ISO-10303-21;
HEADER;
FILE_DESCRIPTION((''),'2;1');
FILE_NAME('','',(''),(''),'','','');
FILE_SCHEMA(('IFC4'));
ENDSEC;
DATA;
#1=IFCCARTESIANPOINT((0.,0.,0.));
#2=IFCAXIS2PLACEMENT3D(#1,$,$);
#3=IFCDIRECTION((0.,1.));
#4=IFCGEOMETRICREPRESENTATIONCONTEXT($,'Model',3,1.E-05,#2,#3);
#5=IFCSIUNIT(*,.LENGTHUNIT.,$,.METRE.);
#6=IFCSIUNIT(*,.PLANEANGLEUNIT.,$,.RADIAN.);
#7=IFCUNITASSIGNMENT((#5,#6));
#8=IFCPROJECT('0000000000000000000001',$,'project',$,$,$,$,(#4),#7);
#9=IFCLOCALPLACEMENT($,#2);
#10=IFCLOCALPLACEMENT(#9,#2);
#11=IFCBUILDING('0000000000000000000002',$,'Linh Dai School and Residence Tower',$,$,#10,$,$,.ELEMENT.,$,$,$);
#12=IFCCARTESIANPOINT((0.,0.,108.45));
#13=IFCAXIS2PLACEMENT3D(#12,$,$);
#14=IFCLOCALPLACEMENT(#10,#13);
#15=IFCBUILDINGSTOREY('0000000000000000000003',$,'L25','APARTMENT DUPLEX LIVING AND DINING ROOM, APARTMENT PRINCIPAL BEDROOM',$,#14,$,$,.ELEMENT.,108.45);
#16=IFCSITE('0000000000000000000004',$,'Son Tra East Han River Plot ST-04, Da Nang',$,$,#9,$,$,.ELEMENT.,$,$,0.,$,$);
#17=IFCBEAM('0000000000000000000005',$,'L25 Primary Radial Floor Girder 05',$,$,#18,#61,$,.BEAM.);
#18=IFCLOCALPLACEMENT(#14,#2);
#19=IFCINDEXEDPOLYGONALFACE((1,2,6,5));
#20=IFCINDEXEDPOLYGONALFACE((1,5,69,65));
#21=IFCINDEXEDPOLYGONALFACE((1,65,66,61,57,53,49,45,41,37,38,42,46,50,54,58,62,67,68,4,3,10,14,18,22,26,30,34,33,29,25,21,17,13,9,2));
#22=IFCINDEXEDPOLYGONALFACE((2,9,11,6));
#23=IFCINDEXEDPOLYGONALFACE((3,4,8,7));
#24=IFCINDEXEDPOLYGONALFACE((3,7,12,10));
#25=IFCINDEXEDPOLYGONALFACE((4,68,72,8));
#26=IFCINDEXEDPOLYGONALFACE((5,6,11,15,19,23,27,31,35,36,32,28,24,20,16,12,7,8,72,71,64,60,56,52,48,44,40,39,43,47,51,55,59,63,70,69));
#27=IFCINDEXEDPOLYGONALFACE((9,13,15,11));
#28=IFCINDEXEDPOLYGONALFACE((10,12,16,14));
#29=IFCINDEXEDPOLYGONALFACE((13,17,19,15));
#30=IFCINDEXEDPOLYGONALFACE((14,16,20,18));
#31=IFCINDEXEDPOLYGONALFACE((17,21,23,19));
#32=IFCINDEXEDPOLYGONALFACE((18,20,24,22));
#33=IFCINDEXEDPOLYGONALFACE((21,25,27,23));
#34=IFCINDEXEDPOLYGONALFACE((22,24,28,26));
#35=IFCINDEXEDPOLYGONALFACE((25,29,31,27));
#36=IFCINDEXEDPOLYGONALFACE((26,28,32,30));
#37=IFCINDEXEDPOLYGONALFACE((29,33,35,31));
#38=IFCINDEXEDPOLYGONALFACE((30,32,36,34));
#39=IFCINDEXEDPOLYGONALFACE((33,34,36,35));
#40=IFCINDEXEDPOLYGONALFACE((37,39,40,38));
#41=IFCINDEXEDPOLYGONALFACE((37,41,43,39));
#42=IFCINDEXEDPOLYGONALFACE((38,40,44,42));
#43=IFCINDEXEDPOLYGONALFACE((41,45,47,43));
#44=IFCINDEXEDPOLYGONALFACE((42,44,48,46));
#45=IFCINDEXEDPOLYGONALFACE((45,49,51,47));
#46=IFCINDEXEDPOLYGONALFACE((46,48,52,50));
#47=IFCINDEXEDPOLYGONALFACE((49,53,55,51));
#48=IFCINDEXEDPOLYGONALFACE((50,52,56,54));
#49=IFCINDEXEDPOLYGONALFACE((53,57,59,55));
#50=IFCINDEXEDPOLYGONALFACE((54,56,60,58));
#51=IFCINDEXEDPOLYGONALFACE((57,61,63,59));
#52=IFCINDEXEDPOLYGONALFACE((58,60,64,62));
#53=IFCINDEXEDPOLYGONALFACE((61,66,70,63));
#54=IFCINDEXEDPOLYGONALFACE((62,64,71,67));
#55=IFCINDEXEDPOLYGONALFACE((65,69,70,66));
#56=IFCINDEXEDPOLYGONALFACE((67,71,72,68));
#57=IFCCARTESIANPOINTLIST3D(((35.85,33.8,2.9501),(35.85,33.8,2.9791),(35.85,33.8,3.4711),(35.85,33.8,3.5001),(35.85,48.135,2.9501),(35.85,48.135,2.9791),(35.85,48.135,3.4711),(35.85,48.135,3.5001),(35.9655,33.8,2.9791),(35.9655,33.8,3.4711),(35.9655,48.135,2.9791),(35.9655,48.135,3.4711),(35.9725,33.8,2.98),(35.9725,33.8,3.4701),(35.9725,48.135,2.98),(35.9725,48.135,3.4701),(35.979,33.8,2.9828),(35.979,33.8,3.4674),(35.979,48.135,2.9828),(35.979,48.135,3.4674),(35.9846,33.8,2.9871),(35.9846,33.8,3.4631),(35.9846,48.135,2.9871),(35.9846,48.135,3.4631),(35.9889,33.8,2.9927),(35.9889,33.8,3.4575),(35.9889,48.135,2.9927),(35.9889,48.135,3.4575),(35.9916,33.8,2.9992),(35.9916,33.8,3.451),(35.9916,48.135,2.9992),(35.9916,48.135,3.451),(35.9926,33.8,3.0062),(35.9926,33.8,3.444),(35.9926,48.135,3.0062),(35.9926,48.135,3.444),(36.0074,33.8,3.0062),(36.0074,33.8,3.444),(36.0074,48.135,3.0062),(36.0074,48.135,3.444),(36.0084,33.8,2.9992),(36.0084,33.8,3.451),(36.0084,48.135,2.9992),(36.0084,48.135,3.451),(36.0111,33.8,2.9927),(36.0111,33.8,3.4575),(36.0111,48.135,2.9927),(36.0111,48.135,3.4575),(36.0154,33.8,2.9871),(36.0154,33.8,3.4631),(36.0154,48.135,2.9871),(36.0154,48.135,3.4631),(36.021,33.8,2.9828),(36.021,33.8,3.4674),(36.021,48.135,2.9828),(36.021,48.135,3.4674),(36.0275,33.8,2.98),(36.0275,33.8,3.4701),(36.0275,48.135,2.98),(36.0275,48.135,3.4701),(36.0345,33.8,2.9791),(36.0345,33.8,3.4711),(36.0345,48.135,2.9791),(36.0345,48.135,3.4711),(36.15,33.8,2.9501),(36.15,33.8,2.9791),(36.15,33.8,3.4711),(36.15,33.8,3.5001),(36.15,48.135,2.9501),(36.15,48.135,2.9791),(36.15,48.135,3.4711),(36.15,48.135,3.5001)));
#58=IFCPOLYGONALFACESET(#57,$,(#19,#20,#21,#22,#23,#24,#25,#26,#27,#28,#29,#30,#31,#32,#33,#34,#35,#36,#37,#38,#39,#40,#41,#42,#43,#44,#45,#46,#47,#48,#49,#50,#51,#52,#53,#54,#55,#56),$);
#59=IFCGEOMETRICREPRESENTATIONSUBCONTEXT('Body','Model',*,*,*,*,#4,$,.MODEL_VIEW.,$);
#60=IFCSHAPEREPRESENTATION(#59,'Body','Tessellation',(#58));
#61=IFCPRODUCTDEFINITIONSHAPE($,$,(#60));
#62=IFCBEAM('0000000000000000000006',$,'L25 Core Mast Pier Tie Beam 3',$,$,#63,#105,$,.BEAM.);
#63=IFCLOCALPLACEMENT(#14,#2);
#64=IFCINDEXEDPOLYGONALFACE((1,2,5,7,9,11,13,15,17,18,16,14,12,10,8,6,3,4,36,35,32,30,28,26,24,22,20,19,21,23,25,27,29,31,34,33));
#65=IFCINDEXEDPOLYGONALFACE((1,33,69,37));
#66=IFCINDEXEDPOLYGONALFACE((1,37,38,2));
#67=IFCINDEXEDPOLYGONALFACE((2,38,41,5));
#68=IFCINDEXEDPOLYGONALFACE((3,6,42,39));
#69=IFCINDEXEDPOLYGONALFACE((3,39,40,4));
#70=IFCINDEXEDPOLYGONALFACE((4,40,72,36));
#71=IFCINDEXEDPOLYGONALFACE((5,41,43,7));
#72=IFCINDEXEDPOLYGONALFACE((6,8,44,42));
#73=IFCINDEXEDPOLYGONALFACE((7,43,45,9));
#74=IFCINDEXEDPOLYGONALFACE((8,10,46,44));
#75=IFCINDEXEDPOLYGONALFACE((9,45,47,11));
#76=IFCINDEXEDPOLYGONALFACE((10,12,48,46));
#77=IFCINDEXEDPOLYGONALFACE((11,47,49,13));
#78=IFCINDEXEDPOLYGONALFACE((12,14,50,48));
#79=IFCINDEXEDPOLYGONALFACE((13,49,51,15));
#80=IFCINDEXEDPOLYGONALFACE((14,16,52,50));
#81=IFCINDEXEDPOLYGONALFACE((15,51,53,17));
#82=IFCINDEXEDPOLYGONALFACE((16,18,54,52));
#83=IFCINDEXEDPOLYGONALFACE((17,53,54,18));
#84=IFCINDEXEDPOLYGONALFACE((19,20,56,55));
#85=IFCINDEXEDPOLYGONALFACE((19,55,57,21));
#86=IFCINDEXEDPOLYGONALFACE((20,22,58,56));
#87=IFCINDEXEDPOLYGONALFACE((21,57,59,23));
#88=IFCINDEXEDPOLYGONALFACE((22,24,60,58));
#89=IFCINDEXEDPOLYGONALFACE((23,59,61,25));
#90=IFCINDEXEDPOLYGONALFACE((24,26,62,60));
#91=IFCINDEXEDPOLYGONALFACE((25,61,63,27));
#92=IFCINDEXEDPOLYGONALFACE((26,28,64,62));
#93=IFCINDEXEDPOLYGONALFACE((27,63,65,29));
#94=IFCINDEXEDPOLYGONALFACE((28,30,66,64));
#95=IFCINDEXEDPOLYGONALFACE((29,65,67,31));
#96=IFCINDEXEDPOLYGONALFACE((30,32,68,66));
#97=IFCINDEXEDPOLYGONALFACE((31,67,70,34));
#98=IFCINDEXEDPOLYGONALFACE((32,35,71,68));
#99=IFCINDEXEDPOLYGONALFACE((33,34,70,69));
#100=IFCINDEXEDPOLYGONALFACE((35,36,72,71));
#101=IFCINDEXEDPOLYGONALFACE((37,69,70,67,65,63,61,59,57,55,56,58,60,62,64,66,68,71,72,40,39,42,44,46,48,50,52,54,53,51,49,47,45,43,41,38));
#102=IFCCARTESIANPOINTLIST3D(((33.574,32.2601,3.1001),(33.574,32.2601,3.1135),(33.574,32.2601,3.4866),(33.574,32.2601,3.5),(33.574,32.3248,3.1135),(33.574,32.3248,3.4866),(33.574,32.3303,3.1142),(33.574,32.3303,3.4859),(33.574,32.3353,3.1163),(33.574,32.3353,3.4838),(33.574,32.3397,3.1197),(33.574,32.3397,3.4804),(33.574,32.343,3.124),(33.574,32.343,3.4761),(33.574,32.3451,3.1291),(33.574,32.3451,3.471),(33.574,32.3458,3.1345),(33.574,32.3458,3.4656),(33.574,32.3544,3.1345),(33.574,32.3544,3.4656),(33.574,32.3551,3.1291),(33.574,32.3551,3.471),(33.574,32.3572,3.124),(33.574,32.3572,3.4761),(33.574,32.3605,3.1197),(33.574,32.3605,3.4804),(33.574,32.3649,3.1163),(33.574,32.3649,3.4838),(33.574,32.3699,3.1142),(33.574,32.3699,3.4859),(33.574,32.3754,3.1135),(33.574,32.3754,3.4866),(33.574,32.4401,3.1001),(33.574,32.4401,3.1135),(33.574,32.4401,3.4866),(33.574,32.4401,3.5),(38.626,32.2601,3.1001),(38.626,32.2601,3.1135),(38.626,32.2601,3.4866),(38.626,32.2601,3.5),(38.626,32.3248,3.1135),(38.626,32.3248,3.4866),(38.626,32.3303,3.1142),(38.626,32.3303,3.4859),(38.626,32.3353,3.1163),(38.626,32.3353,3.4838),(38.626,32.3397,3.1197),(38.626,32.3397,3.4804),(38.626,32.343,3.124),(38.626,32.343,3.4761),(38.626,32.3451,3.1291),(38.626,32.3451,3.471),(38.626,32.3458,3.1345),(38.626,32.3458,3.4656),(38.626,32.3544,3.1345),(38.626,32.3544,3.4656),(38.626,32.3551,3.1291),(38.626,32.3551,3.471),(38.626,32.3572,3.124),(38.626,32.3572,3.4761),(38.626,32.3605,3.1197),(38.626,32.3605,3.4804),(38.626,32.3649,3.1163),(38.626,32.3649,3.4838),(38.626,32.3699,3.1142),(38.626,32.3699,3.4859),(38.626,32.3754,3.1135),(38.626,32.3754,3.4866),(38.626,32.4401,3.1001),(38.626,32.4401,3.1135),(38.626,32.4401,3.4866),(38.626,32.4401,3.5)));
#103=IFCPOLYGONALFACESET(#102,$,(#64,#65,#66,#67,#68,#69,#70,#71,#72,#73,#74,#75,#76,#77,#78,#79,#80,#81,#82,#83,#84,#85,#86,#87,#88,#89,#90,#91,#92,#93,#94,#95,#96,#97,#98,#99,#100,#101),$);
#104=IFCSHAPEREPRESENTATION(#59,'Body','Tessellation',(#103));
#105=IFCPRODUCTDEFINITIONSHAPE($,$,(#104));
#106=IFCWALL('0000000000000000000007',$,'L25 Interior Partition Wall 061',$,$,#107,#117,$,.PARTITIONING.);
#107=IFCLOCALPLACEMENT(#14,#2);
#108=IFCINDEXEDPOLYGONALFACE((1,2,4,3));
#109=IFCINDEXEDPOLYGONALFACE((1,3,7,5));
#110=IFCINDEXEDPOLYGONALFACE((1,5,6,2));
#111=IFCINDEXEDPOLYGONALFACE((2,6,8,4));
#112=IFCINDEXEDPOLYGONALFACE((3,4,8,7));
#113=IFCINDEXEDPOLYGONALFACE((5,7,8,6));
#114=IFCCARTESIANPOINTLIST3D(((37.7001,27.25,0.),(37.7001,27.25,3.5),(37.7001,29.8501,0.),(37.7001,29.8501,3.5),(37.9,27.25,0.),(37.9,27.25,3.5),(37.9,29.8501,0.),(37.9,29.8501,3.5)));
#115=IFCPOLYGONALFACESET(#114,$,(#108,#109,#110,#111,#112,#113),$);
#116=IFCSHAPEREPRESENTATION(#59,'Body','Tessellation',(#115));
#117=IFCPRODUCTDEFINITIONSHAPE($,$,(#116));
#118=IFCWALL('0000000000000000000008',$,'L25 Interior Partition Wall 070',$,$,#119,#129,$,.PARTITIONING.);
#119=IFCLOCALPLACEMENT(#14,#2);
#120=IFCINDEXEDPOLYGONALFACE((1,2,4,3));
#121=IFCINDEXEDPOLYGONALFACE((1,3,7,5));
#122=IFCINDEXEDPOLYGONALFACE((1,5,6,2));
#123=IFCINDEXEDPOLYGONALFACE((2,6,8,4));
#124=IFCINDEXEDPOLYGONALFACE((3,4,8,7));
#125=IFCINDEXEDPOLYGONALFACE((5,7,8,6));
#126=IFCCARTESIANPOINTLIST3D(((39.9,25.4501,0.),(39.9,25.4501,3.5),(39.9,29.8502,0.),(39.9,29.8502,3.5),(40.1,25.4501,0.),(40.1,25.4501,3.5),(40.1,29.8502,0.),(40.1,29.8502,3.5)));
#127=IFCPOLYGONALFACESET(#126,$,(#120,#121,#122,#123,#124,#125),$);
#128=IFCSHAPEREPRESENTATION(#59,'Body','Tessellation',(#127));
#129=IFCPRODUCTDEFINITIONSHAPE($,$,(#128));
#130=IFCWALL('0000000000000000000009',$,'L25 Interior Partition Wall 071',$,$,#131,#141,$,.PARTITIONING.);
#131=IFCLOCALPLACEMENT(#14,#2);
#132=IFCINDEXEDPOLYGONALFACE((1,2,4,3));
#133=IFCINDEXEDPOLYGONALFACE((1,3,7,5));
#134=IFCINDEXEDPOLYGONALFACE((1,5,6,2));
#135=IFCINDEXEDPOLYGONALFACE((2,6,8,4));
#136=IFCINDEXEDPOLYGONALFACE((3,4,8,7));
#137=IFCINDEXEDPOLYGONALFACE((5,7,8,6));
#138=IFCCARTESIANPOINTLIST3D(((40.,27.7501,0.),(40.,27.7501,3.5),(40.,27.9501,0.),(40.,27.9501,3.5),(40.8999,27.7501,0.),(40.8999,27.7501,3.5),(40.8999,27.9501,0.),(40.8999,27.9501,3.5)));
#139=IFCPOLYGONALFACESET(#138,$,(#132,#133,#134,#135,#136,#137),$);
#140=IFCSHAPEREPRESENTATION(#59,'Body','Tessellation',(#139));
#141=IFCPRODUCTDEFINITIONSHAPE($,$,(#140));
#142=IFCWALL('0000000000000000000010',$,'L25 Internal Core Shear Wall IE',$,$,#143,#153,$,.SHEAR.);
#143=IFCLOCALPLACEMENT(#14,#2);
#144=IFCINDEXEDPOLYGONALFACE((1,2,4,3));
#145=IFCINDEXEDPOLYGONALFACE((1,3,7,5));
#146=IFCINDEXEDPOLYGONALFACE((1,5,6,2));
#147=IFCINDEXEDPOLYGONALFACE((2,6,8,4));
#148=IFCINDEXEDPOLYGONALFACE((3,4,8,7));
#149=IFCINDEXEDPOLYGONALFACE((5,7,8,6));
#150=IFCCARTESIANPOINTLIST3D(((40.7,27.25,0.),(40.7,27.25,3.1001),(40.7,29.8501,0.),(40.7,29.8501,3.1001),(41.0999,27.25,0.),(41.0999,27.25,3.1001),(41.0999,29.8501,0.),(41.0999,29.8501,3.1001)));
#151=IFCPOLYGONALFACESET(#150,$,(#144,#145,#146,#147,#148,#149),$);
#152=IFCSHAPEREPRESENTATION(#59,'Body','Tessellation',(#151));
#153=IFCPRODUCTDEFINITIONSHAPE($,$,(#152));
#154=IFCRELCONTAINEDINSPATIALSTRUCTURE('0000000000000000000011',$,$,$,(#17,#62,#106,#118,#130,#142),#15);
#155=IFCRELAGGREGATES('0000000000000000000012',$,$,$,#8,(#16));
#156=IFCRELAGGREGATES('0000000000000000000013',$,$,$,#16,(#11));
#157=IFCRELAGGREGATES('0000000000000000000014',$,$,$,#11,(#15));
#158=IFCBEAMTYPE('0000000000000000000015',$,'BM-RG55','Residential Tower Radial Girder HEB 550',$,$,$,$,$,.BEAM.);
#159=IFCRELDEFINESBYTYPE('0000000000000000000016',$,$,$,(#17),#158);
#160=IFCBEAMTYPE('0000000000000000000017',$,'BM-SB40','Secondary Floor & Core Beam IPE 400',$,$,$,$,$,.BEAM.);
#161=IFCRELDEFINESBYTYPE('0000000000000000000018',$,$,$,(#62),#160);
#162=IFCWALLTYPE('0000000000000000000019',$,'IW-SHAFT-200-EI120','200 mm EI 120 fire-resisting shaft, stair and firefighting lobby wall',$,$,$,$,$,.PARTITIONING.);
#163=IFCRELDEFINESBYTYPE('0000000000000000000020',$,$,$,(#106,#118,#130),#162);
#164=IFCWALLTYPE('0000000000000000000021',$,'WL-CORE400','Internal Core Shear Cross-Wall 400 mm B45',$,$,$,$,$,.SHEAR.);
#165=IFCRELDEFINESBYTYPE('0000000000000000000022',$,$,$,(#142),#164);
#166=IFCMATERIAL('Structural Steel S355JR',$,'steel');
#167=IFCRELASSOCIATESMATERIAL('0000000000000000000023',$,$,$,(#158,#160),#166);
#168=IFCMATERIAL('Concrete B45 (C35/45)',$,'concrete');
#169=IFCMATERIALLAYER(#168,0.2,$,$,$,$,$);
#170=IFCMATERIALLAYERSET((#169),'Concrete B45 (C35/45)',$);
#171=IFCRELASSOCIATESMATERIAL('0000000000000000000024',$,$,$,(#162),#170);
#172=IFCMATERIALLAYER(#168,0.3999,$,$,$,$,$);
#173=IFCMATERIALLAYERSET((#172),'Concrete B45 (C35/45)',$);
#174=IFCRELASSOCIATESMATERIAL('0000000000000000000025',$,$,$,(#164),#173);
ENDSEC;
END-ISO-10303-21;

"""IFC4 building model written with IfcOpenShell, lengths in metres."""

from ifc_helpers import new_model, si_unit, direction, frame, frame_2d, origin, origin_2d, place, context, subcontext, project, spatial, rectangle, i_section, extrude, material, layer, layer_set, material_profile, profile_set, type_object, element, save


model = new_model("IFC4")

# Units and contexts
model_context = context("Model", 3, precision=1e-05, world=origin(), true_north=direction((0.0, 1.0)))
body_context = subcontext(model_context, "Body", "Model", "MODEL_VIEW")
ifc_project = project(units=[si_unit("LENGTHUNIT", "METRE"), si_unit("PLANEANGLEUNIT", "RADIAN")], contexts=[model_context])

# Site, building, storey
site_placement = place(None, origin())
site = spatial("IfcSite", under=ifc_project, at=site_placement, Name="Son Tra East Han River Plot ST-04, Da Nang", CompositionType="ELEMENT", RefElevation=0.0)
building_placement = place(site_placement, origin())
building = spatial("IfcBuilding", under=site, at=building_placement, Name="Linh Dai School and Residence Tower", CompositionType="ELEMENT")
storey_placement = place(building_placement, frame((0.0, 0.0, 108.45)))
storey = spatial("IfcBuildingStorey", under=building, at=storey_placement, Name="L25", Description="APARTMENT DUPLEX LIVING AND DINING ROOM, APARTMENT PRINCIPAL BEDROOM", CompositionType="ELEMENT", Elevation=108.45)

# Shared definitions
ifc_material_1 = material(Name="Structural Steel S355JR", Category="steel")

# Beams
ifc_material_profile_1 = material_profile(ifc_material_1, i_section(OverallWidth=0.3, OverallDepth=0.55, WebThickness=0.0149, FlangeThickness=0.0291, FilletRadius=0.0271, at=origin_2d()), Name="HEB 550")
ifc_profile_set_1 = profile_set([ifc_material_profile_1], Name="Structural Steel S355JR")
beam_type_1 = type_object("IfcBeamType", Name="BM-RG55", Description="Residential Tower Radial Girder HEB 550", PredefinedType="BEAM", material=ifc_profile_set_1)
beam_1_placement = place(storey_placement, frame((36.0, 33.8, 3.2251), z_axis=(0.0, 1.0, 0.0), x_axis=(-1.0, 0.0, 0.0)))
element("IfcBeam", 1, at=beam_1_placement, inside=storey, type_object=beam_type_1, Name="L25 Primary Radial Floor Girder 05", PredefinedType="BEAM", context=body_context, shape_type="SweptSolid", body=[
    extrude(i_section(OverallWidth=0.3, OverallDepth=0.55, WebThickness=0.0149, FlangeThickness=0.0291, FilletRadius=0.0271, at=origin_2d()), origin(), (0.0, 0.0, 1.0), 14.335),
])
ifc_material_profile_2 = material_profile(ifc_material_1, i_section(OverallWidth=0.1799, OverallDepth=0.3999, WebThickness=0.0085, FlangeThickness=0.0134, FilletRadius=0.021, at=origin_2d()), Name="IPE 400")
ifc_profile_set_2 = profile_set([ifc_material_profile_2], Name="Structural Steel S355JR")
beam_type_2 = type_object("IfcBeamType", Name="BM-SB40", Description="Secondary Floor & Core Beam IPE 400", PredefinedType="BEAM", material=ifc_profile_set_2)
beam_2_placement = place(storey_placement, frame((38.626, 32.3501, 3.3), z_axis=(-1.0, 0.0, 0.0), x_axis=(0.0, -1.0, 0.0)))
element("IfcBeam", 2, at=beam_2_placement, inside=storey, type_object=beam_type_2, Name="L25 Core Mast Pier Tie Beam 3", PredefinedType="BEAM", context=body_context, shape_type="SweptSolid", body=[
    extrude(i_section(OverallWidth=0.1799, OverallDepth=0.3999, WebThickness=0.0085, FlangeThickness=0.0134, FilletRadius=0.021, at=origin_2d()), origin(), (0.0, 0.0, 1.0), 5.052),
])

# Walls
ifc_material_2 = material(Name="Concrete B45 (C35/45)", Category="concrete")
ifc_layer_1 = layer(ifc_material_2, 0.2)
ifc_layer_set_1 = layer_set([ifc_layer_1], Name="Concrete B45 (C35/45)")
wall_type_1 = type_object("IfcWallType", Name="IW-SHAFT-200-EI120", Description="200 mm EI 120 fire-resisting shaft, stair and firefighting lobby wall", PredefinedType="PARTITIONING", material=ifc_layer_set_1)
wall_1_placement = place(storey_placement, frame((37.8, 27.25, 0.0), z_axis=(0.0, 0.0, 1.0), x_axis=(0.0, 1.0, 0.0)))
element("IfcWall", 3, at=wall_1_placement, inside=storey, type_object=wall_type_1, Name="L25 Interior Partition Wall 061", PredefinedType="PARTITIONING", context=body_context, shape_type="SweptSolid", body=[
    extrude(rectangle(XDim=2.6001, YDim=0.2, at=frame_2d((1.3, 0.0))), origin(), (0.0, 0.0, 1.0), 3.5),
])
wall_2_placement = place(storey_placement, frame((40.0, 25.45, 0.0), z_axis=(0.0, 0.0, 1.0), x_axis=(0.0, 1.0, 0.0)))
element("IfcWall", 4, at=wall_2_placement, inside=storey, type_object=wall_type_1, Name="L25 Interior Partition Wall 070", PredefinedType="PARTITIONING", context=body_context, shape_type="SweptSolid", body=[
    extrude(rectangle(XDim=4.4001, YDim=0.2, at=frame_2d((2.2002, 0.0))), origin(), (0.0, 0.0, 1.0), 3.5),
])
wall_3_placement = place(storey_placement, frame((40.0, 27.8501, 0.0), z_axis=(0.0, 0.0, 1.0), x_axis=(1.0, 0.0, 0.0)))
element("IfcWall", 5, at=wall_3_placement, inside=storey, type_object=wall_type_1, Name="L25 Interior Partition Wall 071", PredefinedType="PARTITIONING", context=body_context, shape_type="SweptSolid", body=[
    extrude(rectangle(XDim=0.8999, YDim=0.2, at=frame_2d((0.45, 0.0))), origin(), (0.0, 0.0, 1.0), 3.5),
])
ifc_layer_2 = layer(ifc_material_2, 0.3999)
ifc_layer_set_2 = layer_set([ifc_layer_2], Name="Concrete B45 (C35/45)")
wall_type_2 = type_object("IfcWallType", Name="WL-CORE400", Description="Internal Core Shear Cross-Wall 400 mm B45", PredefinedType="SHEAR", material=ifc_layer_set_2)
wall_4_placement = place(storey_placement, frame((40.8999, 27.25, 0.0), z_axis=(0.0, 0.0, 1.0), x_axis=(0.0, 1.0, 0.0)))
element("IfcWall", 6, at=wall_4_placement, inside=storey, type_object=wall_type_2, Name="L25 Internal Core Shear Wall IE", PredefinedType="SHEAR", context=body_context, shape_type="SweptSolid", body=[
    extrude(rectangle(XDim=2.6001, YDim=0.3999, at=frame_2d((1.3, 0.0))), origin(), (0.0, 0.0, 1.0), 3.1001),
])

save(model, "model.ifc")
